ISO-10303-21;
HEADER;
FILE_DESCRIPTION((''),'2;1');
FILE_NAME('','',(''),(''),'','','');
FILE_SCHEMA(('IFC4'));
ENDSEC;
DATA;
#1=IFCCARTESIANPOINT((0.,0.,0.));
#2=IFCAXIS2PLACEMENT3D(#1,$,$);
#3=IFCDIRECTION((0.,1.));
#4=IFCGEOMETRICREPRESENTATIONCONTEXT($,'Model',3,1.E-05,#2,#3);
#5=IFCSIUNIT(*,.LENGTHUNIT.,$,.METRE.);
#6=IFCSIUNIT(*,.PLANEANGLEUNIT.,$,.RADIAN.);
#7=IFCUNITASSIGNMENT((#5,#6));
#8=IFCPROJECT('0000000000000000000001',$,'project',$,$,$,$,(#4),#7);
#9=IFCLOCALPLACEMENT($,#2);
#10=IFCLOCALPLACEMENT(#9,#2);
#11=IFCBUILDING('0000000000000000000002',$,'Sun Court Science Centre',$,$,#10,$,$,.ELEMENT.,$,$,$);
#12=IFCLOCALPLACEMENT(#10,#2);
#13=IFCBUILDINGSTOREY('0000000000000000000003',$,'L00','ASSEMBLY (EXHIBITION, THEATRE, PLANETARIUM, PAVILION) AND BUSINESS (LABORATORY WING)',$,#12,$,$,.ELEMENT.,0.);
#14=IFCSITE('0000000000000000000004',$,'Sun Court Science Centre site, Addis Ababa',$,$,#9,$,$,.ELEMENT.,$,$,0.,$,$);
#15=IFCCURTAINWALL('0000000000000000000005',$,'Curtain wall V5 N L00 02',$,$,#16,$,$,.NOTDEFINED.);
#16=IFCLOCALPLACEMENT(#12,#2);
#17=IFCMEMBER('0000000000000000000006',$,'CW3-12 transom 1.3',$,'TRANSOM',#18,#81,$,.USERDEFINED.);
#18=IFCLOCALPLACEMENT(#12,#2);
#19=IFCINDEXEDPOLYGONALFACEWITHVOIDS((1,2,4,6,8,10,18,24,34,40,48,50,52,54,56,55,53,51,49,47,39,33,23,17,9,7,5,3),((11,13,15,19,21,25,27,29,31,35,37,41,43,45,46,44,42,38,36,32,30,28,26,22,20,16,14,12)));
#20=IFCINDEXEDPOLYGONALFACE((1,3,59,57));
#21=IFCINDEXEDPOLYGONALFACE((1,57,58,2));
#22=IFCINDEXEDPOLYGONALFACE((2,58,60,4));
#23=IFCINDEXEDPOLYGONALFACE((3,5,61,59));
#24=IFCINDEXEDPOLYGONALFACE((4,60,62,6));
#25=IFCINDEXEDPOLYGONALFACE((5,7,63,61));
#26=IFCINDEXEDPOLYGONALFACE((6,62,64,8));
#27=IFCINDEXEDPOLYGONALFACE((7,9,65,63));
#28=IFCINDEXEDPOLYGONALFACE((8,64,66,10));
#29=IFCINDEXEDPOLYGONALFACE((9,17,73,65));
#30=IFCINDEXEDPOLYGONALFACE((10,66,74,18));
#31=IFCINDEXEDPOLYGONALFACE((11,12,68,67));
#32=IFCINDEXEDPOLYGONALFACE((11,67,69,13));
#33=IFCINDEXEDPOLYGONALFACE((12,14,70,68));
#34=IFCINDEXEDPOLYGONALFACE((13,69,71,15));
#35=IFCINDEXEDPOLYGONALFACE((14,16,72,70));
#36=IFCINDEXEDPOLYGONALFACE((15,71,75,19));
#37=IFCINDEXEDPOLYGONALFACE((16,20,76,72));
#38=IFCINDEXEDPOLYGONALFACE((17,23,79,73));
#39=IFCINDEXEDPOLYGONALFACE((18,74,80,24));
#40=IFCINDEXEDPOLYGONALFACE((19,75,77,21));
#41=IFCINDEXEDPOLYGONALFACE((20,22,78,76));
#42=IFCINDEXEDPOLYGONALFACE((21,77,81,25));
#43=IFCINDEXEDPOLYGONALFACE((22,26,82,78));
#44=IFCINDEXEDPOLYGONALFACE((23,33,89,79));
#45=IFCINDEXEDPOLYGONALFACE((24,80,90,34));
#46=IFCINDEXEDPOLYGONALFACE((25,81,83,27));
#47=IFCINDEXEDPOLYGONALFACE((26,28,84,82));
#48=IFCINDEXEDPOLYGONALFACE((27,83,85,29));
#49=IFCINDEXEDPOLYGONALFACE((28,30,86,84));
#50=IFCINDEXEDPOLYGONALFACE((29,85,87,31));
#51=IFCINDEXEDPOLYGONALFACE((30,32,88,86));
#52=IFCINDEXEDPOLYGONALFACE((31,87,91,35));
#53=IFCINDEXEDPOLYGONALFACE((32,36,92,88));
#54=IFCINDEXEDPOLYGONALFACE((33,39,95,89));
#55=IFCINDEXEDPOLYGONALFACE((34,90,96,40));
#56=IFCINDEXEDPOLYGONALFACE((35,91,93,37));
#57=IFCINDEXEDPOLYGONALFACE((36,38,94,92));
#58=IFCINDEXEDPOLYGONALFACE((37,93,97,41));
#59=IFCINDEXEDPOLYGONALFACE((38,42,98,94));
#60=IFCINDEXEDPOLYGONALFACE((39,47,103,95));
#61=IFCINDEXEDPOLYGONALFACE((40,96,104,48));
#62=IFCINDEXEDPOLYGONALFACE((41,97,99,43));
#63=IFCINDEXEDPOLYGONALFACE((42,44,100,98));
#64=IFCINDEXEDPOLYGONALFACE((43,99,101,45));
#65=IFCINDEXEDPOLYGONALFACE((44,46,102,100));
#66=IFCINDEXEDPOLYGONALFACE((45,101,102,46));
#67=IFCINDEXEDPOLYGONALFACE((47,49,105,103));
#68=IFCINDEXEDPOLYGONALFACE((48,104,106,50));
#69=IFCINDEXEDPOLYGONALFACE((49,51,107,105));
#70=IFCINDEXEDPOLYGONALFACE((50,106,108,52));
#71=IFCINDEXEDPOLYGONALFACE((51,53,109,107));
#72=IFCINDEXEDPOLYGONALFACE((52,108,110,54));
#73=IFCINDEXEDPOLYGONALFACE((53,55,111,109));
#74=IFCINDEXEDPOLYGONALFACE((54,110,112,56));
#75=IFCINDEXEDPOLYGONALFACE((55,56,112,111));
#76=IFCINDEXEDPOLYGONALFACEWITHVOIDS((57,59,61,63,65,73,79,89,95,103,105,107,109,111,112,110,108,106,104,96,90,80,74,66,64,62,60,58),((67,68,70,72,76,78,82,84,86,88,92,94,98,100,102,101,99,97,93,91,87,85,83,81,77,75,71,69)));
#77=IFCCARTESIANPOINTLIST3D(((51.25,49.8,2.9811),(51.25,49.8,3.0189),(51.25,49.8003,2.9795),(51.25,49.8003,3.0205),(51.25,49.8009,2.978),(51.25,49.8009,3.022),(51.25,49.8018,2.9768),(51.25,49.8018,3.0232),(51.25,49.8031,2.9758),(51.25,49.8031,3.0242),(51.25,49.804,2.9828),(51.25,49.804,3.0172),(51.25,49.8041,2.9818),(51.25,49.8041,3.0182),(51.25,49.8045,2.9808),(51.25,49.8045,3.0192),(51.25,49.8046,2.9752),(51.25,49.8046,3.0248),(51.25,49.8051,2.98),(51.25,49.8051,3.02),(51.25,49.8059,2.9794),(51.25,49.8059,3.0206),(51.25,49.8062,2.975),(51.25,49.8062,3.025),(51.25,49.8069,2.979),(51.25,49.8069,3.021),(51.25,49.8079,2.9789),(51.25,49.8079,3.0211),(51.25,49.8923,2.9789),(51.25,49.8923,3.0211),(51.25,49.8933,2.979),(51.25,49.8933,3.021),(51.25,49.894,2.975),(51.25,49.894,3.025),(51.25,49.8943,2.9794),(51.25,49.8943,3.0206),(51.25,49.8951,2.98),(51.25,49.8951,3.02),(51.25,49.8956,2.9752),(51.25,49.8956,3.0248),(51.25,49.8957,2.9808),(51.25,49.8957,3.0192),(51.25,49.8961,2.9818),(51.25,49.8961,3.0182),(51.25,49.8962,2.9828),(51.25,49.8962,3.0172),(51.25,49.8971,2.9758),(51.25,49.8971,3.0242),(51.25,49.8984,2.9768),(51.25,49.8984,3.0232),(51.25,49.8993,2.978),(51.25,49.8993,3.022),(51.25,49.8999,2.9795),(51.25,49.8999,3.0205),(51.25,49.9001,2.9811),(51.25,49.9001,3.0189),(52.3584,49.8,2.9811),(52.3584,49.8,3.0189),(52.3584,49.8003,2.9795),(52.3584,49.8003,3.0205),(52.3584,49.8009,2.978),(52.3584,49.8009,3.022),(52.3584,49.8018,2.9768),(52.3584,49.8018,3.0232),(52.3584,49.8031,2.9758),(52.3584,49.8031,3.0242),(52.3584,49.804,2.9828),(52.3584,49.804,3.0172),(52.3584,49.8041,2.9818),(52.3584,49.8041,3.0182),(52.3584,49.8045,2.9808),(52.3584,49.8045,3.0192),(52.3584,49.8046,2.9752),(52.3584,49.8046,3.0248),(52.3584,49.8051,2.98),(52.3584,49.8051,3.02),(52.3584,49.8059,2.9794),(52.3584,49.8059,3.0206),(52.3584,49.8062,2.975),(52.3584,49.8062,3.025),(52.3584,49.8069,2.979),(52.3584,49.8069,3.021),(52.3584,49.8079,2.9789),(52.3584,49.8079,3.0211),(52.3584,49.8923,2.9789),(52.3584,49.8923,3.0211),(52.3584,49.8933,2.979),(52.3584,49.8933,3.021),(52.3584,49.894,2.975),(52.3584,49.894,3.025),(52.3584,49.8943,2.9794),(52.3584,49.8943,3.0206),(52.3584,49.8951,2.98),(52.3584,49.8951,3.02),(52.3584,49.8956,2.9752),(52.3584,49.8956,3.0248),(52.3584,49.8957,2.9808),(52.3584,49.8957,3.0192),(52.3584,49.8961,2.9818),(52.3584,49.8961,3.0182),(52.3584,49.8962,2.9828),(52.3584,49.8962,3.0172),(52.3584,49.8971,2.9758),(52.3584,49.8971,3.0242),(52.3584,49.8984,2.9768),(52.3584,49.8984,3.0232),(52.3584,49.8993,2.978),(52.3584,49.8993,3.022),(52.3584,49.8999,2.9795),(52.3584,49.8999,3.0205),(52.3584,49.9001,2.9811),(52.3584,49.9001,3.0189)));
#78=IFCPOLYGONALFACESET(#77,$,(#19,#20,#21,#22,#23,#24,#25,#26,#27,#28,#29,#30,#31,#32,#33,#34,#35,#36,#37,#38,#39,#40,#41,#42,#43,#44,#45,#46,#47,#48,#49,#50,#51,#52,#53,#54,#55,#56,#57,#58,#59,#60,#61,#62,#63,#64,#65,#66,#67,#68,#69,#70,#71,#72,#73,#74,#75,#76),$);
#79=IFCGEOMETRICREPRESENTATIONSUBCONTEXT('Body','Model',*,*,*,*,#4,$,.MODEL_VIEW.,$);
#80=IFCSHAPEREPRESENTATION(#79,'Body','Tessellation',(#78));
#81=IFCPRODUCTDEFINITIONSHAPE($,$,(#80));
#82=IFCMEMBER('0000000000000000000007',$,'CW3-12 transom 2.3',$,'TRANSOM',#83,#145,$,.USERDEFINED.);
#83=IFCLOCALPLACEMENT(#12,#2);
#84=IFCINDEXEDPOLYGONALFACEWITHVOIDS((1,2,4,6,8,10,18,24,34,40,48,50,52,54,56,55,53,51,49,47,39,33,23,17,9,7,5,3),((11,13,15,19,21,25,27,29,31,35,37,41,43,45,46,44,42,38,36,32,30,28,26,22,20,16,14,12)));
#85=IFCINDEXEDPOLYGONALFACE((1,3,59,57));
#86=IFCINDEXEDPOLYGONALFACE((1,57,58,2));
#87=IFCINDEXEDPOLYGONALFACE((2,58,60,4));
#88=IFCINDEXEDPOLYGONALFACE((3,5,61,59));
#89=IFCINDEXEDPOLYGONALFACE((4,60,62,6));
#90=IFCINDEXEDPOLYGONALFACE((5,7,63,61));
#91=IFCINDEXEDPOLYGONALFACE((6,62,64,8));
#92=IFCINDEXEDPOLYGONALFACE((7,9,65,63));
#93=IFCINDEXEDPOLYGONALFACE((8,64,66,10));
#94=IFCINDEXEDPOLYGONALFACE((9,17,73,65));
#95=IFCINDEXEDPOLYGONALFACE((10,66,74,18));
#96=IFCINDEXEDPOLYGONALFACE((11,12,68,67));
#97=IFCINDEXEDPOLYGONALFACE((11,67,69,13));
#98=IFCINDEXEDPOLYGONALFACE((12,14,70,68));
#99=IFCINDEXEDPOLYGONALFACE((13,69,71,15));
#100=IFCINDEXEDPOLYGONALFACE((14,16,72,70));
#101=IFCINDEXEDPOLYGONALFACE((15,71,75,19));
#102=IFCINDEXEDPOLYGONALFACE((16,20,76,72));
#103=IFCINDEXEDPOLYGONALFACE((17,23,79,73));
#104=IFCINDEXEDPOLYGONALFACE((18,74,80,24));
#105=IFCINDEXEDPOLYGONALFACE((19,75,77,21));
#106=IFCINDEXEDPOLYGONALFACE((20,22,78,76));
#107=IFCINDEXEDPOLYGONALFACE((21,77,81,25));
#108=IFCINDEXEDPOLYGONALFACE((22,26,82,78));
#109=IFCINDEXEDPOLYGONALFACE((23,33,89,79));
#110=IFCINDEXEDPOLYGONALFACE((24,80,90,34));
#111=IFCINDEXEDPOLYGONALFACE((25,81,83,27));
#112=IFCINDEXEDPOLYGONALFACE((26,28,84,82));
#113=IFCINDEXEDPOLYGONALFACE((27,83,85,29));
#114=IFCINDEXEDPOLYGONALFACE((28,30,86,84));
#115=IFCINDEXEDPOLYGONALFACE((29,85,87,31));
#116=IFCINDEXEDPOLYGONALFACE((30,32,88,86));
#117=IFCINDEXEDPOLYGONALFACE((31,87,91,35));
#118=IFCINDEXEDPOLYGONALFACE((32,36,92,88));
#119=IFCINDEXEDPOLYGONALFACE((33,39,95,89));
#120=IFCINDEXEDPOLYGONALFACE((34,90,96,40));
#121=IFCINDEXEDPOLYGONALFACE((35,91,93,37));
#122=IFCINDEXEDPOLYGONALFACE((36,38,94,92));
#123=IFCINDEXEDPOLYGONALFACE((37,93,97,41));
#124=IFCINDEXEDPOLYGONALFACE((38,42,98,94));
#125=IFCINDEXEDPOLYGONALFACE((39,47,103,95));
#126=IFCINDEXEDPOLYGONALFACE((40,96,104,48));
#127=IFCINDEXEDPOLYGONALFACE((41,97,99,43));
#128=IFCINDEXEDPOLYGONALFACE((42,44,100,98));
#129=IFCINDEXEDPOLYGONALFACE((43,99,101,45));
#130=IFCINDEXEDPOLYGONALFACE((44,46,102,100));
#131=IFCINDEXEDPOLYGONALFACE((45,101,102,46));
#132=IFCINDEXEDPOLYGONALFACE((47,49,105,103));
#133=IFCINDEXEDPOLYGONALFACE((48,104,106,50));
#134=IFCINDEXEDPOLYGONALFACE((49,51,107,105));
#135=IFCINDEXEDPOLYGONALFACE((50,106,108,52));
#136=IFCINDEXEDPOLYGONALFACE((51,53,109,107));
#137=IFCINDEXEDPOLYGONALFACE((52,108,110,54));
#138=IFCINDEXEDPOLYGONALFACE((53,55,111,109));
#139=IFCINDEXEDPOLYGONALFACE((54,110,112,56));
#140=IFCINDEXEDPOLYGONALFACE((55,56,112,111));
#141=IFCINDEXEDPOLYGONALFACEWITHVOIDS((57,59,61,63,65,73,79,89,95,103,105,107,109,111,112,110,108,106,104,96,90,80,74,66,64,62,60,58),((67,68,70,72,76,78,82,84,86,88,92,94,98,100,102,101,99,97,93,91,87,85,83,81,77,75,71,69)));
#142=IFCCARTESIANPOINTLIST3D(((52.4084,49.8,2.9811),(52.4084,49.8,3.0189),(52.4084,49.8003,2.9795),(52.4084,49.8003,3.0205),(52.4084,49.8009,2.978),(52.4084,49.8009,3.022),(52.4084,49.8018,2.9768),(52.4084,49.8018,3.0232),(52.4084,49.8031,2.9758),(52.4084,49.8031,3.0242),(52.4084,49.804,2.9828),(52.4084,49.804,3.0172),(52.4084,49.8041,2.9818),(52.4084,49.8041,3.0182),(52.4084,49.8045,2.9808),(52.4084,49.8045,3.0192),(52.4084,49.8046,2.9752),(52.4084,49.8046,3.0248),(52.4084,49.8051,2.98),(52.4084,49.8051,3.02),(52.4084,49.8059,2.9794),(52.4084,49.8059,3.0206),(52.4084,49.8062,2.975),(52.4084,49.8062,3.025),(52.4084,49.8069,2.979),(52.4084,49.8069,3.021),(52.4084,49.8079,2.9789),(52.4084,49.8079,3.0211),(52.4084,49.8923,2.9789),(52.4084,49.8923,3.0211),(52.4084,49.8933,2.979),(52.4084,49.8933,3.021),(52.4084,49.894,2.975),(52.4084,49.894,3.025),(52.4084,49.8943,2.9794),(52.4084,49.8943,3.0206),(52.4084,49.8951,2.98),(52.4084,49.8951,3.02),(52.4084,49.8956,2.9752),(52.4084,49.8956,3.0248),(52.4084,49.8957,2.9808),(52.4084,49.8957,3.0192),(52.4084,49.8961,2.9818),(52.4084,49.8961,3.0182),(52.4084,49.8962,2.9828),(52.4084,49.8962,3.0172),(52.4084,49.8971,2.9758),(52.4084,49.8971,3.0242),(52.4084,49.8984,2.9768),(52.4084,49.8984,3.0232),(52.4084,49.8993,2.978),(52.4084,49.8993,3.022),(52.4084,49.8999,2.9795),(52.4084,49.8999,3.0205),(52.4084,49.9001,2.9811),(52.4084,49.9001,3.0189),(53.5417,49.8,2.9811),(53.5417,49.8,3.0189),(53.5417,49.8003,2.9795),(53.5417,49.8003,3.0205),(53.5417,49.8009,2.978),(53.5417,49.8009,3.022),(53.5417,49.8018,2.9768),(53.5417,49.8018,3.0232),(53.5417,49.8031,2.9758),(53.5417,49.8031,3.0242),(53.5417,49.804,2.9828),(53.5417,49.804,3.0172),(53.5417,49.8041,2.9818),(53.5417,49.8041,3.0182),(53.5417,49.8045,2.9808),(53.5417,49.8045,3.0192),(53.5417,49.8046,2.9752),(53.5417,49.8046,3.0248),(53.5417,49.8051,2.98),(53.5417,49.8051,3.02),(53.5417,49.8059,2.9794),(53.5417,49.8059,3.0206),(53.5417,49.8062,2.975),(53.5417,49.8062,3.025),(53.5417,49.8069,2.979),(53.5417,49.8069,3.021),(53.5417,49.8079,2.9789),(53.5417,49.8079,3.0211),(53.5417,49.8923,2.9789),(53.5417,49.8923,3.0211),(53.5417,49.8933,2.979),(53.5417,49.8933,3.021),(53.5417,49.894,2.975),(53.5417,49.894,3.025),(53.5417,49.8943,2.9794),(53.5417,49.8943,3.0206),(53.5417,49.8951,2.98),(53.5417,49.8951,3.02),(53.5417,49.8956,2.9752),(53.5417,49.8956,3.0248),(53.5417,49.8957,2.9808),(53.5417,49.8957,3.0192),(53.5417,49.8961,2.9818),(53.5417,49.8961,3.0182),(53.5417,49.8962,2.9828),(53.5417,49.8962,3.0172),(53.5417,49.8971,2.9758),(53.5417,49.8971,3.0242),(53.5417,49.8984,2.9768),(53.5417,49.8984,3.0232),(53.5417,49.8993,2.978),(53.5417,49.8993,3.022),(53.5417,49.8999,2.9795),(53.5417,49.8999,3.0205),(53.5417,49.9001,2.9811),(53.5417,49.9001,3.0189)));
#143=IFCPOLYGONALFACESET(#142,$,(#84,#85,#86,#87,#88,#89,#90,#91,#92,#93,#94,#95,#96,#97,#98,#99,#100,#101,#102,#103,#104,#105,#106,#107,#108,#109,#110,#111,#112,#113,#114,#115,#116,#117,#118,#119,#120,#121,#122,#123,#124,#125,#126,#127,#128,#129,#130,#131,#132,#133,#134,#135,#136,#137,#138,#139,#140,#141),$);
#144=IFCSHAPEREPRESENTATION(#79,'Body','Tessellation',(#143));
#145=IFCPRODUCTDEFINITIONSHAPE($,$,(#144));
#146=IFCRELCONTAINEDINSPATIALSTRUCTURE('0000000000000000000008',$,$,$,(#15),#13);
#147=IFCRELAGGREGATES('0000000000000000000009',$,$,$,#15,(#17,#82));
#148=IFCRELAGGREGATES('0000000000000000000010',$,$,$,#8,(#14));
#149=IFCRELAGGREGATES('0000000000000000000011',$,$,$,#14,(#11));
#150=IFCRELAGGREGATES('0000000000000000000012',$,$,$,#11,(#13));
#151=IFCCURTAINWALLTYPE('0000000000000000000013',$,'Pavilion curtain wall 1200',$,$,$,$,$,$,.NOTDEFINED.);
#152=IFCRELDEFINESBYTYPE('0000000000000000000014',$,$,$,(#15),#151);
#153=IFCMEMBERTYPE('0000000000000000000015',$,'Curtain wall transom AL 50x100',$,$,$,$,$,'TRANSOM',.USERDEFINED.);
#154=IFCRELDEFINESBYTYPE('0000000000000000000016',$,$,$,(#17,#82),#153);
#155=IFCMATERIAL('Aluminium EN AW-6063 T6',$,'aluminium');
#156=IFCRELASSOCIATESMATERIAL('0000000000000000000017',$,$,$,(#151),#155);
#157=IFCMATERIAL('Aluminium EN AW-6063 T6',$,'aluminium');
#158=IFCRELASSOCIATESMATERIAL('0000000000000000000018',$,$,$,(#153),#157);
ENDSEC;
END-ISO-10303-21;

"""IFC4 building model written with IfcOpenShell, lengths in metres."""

from ifc_helpers import new_model, si_unit, direction, frame, origin, origin_2d, place, context, subcontext, project, spatial, hollow_rectangle, extrude, material, material_profile, profile_set, type_object, element, aggregate, save


model = new_model("IFC4")

# Units and contexts
model_context = context("Model", 3, precision=1e-05, world=origin(), true_north=direction((0.0, 1.0)))
body_context = subcontext(model_context, "Body", "Model", "MODEL_VIEW")
ifc_project = project(units=[si_unit("LENGTHUNIT", "METRE"), si_unit("PLANEANGLEUNIT", "RADIAN")], contexts=[model_context])

# Site, building, storey
site_placement = place(None, origin())
site = spatial("IfcSite", under=ifc_project, at=site_placement, Name="Sun Court Science Centre site, Addis Ababa", CompositionType="ELEMENT", RefElevation=0.0)
building_placement = place(site_placement, origin())
building = spatial("IfcBuilding", under=site, at=building_placement, Name="Sun Court Science Centre", CompositionType="ELEMENT")
storey_placement = place(building_placement, origin())
storey = spatial("IfcBuildingStorey", under=building, at=storey_placement, Name="L00", Description="ASSEMBLY (EXHIBITION, THEATRE, PLANETARIUM, PAVILION) AND BUSINESS (LABORATORY WING)", CompositionType="ELEMENT", Elevation=0.0)

# Curtain wall, members
ifc_material_1 = material(Name="Aluminium EN AW-6063 T6", Category="aluminium")
curtain_wall_type = type_object("IfcCurtainWallType", Name="Pavilion curtain wall 1200", PredefinedType="NOTDEFINED", material=ifc_material_1)
curtain_wall_placement = place(storey_placement, origin())
curtain_wall = element("IfcCurtainWall", 1, at=curtain_wall_placement, inside=storey, type_object=curtain_wall_type, Name="Curtain wall V5 N L00 02", PredefinedType="NOTDEFINED")
ifc_material_2 = material(Name="Aluminium EN AW-6063 T6", Category="aluminium")
ifc_material_profile_1 = material_profile(ifc_material_2, hollow_rectangle(XDim=0.05, YDim=0.1001, WallThickness=0.0039, InnerFilletRadius=0.0039, OuterFilletRadius=0.0061, at=origin_2d()), Name="AL 50x100x4")
ifc_profile_set_1 = profile_set([ifc_material_profile_1], Name="Aluminium EN AW-6063 T6")
member_type_1 = type_object("IfcMemberType", Name="Curtain wall transom AL 50x100", ElementType="TRANSOM", PredefinedType="USERDEFINED", material=ifc_profile_set_1)
member_1_placement = place(storey_placement, frame((51.25, 49.8501, 3.0), z_axis=(1.0, 0.0, 0.0), x_axis=(0.0, 0.0, 1.0)))
member_1 = element("IfcMember", 2, at=member_1_placement, type_object=member_type_1, Name="CW3-12 transom 1.3", ObjectType="TRANSOM", PredefinedType="USERDEFINED", context=body_context, shape_type="SweptSolid", body=[
    extrude(hollow_rectangle(XDim=0.05, YDim=0.1001, WallThickness=0.0039, InnerFilletRadius=0.0039, OuterFilletRadius=0.0061, at=origin_2d()), origin(), (0.0, 0.0, 1.0), 1.1084),
])
member_2_placement = place(storey_placement, frame((52.4084, 49.8501, 3.0), z_axis=(1.0, 0.0, 0.0), x_axis=(0.0, 0.0, 1.0)))
member_2 = element("IfcMember", 3, at=member_2_placement, type_object=member_type_1, Name="CW3-12 transom 2.3", ObjectType="TRANSOM", PredefinedType="USERDEFINED", context=body_context, shape_type="SweptSolid", body=[
    extrude(hollow_rectangle(XDim=0.05, YDim=0.1001, WallThickness=0.0039, InnerFilletRadius=0.0039, OuterFilletRadius=0.0061, at=origin_2d()), origin(), (0.0, 0.0, 1.0), 1.1333),
])
aggregate(curtain_wall, [member_1, member_2])

save(model, "model.ifc")
